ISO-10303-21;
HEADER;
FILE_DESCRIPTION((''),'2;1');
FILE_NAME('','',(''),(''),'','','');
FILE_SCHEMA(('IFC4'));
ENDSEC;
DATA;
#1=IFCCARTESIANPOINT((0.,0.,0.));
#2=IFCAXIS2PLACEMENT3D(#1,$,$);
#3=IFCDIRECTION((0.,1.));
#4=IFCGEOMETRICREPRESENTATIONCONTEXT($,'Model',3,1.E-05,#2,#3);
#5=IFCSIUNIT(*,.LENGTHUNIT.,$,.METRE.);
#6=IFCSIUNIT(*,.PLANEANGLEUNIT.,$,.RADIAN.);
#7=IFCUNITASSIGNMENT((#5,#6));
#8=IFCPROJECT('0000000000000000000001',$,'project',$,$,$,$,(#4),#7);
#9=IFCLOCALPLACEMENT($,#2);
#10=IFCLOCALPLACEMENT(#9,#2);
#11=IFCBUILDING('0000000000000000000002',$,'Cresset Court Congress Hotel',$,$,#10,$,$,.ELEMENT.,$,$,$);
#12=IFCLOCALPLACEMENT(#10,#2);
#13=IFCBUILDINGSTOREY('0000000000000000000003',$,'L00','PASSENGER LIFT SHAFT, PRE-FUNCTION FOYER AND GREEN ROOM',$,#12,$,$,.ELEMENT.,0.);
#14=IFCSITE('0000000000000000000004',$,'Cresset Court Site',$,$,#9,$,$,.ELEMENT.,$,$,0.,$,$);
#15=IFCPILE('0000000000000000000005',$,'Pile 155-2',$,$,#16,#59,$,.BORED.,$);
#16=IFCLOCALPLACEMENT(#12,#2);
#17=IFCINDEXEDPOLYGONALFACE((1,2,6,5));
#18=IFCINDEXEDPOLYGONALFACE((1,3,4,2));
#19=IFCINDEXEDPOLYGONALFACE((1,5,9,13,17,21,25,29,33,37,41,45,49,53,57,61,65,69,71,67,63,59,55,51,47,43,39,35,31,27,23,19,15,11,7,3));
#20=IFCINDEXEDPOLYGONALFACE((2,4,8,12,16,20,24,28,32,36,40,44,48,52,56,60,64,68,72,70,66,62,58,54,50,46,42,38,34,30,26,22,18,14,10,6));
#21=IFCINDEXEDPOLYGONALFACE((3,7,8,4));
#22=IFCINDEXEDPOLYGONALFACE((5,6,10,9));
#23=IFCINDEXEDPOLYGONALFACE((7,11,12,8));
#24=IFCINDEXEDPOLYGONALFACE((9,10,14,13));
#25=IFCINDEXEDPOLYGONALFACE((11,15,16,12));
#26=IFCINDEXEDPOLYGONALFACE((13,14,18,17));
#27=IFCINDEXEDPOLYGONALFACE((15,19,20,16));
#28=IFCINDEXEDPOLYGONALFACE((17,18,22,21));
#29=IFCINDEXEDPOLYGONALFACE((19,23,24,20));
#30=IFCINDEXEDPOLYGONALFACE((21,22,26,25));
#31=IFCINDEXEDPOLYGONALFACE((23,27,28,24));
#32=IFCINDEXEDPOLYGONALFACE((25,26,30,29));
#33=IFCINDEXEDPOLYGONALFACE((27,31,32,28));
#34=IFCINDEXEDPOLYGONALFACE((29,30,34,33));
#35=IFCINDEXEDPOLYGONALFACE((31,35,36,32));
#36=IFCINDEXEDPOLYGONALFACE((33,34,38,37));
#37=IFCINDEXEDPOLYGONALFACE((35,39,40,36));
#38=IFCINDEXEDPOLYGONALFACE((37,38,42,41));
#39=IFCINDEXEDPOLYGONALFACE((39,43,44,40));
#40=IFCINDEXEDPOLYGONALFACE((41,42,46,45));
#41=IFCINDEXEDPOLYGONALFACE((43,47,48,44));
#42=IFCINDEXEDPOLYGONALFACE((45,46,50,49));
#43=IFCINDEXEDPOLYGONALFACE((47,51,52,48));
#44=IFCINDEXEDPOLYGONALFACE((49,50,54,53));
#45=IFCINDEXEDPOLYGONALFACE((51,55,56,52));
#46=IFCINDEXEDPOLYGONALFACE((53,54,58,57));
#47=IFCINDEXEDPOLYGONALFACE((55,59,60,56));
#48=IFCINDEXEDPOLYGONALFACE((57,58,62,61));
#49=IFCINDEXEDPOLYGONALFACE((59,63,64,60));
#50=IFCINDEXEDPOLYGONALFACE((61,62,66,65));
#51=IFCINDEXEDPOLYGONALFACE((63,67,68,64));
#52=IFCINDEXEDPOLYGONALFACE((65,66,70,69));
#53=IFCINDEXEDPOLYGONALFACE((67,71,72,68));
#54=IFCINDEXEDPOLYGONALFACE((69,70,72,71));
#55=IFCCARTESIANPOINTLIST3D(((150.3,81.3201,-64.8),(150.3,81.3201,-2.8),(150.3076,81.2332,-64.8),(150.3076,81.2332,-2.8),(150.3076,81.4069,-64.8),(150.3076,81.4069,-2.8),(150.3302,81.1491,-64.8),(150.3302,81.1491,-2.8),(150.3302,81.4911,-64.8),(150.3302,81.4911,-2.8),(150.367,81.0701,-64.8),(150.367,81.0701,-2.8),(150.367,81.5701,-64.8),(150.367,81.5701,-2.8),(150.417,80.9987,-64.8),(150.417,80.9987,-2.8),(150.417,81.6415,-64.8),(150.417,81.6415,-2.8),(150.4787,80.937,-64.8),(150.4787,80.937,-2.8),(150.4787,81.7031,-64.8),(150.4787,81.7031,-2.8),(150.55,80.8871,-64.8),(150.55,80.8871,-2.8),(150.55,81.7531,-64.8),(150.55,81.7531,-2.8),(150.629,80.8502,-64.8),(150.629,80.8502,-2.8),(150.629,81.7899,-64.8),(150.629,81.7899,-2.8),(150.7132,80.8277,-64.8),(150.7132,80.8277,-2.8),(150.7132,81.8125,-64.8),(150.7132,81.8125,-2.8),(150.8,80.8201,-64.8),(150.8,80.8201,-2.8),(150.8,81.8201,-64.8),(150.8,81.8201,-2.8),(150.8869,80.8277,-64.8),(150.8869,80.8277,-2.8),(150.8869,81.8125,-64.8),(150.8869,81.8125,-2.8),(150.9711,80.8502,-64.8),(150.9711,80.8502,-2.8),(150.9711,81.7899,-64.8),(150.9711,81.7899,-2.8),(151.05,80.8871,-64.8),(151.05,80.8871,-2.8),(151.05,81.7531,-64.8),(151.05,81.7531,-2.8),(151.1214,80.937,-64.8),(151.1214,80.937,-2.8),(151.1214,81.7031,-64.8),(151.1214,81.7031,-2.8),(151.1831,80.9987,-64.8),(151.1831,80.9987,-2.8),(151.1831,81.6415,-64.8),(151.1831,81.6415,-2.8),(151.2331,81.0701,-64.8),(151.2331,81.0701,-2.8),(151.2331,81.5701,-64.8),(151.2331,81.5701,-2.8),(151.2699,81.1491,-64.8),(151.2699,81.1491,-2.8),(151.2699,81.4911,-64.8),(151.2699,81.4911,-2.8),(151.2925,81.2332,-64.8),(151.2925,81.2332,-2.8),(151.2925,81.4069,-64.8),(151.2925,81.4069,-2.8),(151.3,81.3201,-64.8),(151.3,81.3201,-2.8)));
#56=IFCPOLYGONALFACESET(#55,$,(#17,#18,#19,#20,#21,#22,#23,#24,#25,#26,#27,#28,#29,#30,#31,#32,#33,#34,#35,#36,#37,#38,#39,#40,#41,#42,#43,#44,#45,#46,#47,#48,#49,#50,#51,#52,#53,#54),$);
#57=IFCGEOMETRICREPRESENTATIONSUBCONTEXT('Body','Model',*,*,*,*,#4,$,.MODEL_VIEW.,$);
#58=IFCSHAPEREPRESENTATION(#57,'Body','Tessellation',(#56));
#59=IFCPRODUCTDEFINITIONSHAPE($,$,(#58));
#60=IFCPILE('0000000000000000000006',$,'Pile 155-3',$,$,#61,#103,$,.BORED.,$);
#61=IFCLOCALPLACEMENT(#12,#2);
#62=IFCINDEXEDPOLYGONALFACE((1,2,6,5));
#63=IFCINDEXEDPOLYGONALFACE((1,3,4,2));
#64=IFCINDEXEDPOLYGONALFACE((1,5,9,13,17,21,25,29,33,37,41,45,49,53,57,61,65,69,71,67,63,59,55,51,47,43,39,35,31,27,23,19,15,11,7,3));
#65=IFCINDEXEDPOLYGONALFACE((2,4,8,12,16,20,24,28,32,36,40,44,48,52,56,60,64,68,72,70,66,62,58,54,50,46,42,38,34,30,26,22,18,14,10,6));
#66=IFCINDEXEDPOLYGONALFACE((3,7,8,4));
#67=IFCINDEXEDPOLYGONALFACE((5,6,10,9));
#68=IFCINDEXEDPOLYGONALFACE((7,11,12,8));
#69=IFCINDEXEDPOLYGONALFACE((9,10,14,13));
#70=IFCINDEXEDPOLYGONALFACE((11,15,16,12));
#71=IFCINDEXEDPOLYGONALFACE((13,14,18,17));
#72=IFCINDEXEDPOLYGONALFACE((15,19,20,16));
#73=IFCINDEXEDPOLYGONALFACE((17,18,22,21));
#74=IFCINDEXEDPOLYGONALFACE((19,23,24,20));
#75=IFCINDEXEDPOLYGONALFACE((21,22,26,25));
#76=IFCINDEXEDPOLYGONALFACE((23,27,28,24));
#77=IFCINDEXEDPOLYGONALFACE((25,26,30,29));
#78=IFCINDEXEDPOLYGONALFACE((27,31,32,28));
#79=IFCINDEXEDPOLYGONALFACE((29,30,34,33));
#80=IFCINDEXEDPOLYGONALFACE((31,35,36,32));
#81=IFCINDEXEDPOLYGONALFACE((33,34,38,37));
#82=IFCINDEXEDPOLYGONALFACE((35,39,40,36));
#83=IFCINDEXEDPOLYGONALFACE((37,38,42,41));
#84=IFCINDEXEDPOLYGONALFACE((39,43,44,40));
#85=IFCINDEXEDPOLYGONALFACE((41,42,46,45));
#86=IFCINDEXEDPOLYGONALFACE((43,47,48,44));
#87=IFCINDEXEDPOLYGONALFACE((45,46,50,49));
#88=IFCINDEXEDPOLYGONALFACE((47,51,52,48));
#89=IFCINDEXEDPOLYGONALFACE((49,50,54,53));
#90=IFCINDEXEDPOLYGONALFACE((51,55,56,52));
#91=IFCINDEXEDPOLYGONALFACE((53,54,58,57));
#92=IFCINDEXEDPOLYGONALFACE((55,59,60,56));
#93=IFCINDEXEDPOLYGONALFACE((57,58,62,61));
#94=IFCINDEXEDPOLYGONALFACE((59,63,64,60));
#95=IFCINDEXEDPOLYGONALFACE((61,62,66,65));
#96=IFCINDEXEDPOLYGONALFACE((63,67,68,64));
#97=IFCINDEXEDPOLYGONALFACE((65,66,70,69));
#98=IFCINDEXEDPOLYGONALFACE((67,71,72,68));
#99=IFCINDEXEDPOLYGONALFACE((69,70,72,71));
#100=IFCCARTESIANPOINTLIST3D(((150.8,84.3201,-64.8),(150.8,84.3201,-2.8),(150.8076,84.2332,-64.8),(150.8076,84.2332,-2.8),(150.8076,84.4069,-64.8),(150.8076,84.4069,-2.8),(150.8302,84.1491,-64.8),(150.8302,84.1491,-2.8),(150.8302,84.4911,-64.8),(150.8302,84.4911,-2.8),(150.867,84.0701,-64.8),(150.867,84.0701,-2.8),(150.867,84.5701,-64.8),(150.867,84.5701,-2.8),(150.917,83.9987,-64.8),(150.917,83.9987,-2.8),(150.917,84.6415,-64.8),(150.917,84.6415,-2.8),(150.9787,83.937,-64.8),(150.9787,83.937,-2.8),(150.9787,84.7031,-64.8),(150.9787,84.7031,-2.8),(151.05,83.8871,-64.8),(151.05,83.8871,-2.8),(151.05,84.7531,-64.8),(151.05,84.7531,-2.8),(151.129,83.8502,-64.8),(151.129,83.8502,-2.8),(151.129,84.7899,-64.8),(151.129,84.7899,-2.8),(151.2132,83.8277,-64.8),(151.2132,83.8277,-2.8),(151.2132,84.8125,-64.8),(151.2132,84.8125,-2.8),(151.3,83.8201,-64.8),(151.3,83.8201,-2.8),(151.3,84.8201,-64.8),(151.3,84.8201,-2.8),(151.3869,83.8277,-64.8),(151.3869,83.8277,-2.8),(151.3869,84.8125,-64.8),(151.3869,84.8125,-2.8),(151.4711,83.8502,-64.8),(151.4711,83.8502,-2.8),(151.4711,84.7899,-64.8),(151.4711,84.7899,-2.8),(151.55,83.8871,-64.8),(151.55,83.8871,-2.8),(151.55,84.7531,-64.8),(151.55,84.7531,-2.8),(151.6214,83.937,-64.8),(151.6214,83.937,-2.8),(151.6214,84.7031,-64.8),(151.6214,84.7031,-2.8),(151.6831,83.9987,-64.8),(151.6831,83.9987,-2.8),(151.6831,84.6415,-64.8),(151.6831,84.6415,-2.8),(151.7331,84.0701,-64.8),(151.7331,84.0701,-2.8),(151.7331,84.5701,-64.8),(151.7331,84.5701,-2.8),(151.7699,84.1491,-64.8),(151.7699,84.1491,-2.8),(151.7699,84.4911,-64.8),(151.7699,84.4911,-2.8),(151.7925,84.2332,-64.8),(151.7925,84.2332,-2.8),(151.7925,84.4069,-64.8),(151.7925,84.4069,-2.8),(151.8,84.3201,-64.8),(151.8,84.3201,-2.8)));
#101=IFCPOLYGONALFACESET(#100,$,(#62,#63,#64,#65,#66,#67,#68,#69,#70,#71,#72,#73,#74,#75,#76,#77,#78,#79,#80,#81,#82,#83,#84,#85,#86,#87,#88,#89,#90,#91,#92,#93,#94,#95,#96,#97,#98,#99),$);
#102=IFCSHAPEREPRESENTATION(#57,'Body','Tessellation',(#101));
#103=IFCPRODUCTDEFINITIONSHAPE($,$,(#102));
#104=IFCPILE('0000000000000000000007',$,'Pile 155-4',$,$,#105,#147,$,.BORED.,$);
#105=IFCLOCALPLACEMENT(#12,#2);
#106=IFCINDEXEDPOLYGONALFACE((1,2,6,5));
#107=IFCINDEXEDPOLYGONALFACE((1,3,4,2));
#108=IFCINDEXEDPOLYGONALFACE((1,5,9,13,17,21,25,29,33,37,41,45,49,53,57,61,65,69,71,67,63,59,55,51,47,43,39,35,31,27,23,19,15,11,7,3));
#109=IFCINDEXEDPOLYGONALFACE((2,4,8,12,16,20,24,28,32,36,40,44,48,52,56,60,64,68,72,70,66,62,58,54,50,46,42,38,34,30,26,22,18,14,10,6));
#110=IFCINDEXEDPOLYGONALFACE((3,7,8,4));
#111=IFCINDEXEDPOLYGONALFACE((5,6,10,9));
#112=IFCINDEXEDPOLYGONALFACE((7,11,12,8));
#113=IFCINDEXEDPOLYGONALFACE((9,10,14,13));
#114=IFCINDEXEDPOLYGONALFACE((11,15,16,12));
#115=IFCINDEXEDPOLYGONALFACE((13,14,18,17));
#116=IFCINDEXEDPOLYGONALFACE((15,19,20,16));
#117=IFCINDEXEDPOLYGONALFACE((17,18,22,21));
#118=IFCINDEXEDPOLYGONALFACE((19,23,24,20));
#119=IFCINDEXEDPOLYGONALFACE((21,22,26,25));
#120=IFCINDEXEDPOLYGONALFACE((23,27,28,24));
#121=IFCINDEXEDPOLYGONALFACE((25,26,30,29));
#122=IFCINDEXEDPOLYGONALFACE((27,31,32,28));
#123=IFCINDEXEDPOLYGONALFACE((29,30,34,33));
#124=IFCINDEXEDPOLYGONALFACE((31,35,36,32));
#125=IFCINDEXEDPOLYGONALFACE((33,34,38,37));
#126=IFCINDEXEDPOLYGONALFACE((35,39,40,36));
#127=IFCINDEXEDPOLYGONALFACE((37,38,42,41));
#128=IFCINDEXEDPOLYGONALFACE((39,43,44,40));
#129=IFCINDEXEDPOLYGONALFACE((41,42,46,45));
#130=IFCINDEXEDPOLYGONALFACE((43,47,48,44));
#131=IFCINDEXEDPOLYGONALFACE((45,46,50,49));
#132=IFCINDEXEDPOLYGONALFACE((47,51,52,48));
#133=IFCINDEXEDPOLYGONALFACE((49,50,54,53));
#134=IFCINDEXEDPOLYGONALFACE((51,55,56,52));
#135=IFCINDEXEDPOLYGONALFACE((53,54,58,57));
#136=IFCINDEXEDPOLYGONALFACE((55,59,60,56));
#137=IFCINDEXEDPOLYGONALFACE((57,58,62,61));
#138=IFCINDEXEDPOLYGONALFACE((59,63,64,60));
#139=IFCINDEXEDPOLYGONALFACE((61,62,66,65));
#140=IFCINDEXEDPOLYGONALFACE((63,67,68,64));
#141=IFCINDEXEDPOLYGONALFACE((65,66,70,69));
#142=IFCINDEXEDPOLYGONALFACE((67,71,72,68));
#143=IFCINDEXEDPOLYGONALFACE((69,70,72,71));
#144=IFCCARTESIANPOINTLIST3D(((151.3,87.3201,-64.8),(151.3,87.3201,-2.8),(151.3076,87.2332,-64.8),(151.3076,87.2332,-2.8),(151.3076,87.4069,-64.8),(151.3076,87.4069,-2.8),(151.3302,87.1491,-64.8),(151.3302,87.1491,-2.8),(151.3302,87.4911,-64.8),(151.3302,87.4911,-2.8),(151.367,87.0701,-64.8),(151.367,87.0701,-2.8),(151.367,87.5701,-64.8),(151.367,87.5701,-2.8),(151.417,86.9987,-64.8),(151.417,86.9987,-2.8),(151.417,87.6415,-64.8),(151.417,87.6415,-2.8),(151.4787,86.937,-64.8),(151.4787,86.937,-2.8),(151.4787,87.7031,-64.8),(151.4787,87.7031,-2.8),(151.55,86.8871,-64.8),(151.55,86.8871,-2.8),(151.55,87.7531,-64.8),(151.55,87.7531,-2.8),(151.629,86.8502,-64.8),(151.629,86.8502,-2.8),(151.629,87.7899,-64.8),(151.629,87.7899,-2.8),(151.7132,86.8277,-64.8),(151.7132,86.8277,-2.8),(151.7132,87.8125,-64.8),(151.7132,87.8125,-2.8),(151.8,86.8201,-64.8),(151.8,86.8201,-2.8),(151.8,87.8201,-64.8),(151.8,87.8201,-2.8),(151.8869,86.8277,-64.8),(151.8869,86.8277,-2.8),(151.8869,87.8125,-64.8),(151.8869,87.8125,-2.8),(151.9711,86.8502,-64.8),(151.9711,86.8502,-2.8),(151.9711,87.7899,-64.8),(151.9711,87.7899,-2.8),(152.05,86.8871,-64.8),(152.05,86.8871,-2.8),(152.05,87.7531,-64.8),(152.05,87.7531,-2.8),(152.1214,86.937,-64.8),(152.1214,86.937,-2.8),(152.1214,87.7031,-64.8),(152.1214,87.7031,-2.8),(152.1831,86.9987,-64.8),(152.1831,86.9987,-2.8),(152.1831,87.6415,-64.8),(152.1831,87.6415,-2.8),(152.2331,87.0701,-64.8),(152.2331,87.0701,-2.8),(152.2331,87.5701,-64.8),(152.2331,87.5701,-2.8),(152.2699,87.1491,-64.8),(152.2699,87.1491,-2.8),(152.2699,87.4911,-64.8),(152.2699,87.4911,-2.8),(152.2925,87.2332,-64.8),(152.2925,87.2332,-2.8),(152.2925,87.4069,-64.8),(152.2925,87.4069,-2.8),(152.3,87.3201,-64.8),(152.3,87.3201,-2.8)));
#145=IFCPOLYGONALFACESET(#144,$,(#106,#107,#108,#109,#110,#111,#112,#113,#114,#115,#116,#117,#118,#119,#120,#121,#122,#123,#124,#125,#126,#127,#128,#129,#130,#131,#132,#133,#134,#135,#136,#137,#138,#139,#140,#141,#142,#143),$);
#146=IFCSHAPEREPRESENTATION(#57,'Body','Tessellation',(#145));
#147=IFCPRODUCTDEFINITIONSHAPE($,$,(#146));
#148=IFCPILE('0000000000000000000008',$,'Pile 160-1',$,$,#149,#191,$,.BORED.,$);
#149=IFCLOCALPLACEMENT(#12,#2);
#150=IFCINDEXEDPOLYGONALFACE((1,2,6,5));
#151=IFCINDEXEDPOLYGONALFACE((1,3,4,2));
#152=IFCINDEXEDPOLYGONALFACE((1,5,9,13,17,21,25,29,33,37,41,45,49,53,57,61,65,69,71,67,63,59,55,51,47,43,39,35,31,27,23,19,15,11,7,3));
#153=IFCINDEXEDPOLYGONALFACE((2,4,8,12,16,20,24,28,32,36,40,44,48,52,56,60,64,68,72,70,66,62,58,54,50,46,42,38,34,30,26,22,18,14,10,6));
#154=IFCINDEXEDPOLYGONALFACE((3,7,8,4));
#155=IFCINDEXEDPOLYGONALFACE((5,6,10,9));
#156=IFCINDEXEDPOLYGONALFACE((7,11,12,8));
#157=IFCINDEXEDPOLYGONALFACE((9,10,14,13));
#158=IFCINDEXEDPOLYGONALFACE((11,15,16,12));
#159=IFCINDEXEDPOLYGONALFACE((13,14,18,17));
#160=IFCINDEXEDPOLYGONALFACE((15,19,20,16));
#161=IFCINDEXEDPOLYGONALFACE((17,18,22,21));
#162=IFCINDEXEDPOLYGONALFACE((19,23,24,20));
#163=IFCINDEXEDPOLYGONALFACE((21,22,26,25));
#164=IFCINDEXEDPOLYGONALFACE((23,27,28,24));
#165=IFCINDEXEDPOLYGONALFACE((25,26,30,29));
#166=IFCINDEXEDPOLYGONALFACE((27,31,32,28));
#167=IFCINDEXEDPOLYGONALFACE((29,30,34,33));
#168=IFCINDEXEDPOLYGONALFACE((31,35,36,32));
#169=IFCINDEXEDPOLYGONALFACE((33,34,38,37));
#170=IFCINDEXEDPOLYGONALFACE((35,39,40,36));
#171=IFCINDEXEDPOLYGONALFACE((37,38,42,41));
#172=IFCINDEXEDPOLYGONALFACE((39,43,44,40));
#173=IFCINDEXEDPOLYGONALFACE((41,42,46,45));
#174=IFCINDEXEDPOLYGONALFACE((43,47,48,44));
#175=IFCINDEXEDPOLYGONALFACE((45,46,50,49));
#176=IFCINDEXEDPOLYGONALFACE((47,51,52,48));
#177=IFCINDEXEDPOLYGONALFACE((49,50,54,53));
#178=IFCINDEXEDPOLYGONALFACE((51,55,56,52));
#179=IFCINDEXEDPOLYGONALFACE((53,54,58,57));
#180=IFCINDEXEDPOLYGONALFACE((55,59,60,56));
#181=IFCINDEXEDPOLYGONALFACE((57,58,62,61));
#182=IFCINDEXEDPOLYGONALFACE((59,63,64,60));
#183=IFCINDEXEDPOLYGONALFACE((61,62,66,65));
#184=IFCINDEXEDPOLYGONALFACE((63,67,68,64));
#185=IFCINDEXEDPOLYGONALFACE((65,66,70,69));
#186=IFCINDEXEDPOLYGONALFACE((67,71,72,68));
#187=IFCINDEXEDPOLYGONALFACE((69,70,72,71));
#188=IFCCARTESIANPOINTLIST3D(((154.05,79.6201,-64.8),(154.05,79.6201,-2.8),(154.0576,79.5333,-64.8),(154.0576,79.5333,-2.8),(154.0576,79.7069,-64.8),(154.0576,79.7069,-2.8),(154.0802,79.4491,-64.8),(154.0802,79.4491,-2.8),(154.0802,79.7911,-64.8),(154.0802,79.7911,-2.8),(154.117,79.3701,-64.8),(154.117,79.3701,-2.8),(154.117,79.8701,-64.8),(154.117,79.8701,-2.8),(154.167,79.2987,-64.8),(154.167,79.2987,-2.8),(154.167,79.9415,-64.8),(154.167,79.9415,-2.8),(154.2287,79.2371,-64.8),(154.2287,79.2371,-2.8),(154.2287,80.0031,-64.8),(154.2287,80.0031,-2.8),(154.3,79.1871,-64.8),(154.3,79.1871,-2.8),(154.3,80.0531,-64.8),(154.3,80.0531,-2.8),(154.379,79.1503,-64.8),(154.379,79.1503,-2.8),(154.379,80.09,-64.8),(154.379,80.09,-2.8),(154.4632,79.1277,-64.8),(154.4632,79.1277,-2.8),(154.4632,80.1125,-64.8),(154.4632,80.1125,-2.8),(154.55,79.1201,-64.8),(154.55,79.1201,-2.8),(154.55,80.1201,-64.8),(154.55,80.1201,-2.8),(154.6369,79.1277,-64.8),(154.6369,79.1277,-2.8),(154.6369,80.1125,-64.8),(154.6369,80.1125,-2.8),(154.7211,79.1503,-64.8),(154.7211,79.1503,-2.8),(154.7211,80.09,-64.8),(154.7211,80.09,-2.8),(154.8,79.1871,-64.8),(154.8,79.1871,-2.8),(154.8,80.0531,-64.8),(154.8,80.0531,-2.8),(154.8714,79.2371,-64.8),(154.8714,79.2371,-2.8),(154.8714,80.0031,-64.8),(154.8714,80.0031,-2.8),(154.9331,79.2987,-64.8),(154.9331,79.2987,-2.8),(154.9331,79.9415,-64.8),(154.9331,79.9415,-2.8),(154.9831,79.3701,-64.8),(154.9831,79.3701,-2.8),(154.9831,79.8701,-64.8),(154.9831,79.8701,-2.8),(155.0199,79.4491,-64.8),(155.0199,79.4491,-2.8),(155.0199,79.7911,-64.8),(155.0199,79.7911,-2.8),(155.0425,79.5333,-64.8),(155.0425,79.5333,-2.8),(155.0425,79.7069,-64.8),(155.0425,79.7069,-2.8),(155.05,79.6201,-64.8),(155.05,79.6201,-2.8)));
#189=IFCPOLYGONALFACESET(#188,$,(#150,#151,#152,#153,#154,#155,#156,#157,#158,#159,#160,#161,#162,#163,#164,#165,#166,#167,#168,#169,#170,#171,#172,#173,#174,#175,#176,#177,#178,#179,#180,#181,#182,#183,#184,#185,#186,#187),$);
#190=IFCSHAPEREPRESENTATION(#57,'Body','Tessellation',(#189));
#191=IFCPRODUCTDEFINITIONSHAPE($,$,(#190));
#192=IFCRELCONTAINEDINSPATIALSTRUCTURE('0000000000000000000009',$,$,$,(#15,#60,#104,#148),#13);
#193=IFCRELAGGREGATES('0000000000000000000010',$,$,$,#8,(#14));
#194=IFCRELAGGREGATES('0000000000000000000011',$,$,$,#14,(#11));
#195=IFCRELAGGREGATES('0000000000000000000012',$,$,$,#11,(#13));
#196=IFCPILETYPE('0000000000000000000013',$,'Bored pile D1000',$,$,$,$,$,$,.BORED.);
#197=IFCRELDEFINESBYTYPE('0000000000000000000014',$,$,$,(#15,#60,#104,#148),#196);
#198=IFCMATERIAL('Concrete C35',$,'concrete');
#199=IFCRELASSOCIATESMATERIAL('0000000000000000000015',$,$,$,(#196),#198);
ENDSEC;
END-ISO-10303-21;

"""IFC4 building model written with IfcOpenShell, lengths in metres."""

from ifc_helpers import new_model, si_unit, direction, frame, origin, origin_2d, place, context, subcontext, project, spatial, circle, extrude, material, type_object, element, save


model = new_model("IFC4")

# Units and contexts
model_context = context("Model", 3, precision=1e-05, world=origin(), true_north=direction((0.0, 1.0)))
body_context = subcontext(model_context, "Body", "Model", "MODEL_VIEW")
ifc_project = project(units=[si_unit("LENGTHUNIT", "METRE"), si_unit("PLANEANGLEUNIT", "RADIAN")], contexts=[model_context])

# Site, building, storey
site_placement = place(None, origin())
site = spatial("IfcSite", under=ifc_project, at=site_placement, Name="Cresset Court Site", CompositionType="ELEMENT", RefElevation=0.0)
building_placement = place(site_placement, origin())
building = spatial("IfcBuilding", under=site, at=building_placement, Name="Cresset Court Congress Hotel", CompositionType="ELEMENT")
storey_placement = place(building_placement, origin())
storey = spatial("IfcBuildingStorey", under=building, at=storey_placement, Name="L00", Description="PASSENGER LIFT SHAFT, PRE-FUNCTION FOYER AND GREEN ROOM", CompositionType="ELEMENT", Elevation=0.0)

# Piles
ifc_material_1 = material(Name="Concrete C35", Category="concrete")
pile_type = type_object("IfcPileType", Name="Bored pile D1000", PredefinedType="BORED", material=ifc_material_1)
for number, where, z_axis, x_axis, name in (
    (1, (150.8, 81.3201, -2.8), (0.0, 0.0, -1.0), (1.0, 0.0, 0.0), "Pile 155-2"),
    (2, (151.3, 84.3201, -2.8), (0.0, 0.0, -1.0), (1.0, 0.0, 0.0), "Pile 155-3"),
    (3, (151.8, 87.3201, -2.8), (0.0, 0.0, -1.0), (1.0, 0.0, 0.0), "Pile 155-4"),
    (4, (154.55, 79.6201, -2.8), (0.0, 0.0, -1.0), (1.0, 0.0, 0.0), "Pile 160-1"),
):
    element("IfcPile", number, at=place(storey_placement, frame(where, z_axis=z_axis, x_axis=x_axis)), inside=storey, type_object=pile_type, Name=name, PredefinedType="BORED", context=body_context, shape_type="SweptSolid", body=[
        extrude(circle(Radius=0.5, at=origin_2d()), origin(), (0.0, 0.0, 1.0), 62.0),
    ])

save(model, "model.ifc")
